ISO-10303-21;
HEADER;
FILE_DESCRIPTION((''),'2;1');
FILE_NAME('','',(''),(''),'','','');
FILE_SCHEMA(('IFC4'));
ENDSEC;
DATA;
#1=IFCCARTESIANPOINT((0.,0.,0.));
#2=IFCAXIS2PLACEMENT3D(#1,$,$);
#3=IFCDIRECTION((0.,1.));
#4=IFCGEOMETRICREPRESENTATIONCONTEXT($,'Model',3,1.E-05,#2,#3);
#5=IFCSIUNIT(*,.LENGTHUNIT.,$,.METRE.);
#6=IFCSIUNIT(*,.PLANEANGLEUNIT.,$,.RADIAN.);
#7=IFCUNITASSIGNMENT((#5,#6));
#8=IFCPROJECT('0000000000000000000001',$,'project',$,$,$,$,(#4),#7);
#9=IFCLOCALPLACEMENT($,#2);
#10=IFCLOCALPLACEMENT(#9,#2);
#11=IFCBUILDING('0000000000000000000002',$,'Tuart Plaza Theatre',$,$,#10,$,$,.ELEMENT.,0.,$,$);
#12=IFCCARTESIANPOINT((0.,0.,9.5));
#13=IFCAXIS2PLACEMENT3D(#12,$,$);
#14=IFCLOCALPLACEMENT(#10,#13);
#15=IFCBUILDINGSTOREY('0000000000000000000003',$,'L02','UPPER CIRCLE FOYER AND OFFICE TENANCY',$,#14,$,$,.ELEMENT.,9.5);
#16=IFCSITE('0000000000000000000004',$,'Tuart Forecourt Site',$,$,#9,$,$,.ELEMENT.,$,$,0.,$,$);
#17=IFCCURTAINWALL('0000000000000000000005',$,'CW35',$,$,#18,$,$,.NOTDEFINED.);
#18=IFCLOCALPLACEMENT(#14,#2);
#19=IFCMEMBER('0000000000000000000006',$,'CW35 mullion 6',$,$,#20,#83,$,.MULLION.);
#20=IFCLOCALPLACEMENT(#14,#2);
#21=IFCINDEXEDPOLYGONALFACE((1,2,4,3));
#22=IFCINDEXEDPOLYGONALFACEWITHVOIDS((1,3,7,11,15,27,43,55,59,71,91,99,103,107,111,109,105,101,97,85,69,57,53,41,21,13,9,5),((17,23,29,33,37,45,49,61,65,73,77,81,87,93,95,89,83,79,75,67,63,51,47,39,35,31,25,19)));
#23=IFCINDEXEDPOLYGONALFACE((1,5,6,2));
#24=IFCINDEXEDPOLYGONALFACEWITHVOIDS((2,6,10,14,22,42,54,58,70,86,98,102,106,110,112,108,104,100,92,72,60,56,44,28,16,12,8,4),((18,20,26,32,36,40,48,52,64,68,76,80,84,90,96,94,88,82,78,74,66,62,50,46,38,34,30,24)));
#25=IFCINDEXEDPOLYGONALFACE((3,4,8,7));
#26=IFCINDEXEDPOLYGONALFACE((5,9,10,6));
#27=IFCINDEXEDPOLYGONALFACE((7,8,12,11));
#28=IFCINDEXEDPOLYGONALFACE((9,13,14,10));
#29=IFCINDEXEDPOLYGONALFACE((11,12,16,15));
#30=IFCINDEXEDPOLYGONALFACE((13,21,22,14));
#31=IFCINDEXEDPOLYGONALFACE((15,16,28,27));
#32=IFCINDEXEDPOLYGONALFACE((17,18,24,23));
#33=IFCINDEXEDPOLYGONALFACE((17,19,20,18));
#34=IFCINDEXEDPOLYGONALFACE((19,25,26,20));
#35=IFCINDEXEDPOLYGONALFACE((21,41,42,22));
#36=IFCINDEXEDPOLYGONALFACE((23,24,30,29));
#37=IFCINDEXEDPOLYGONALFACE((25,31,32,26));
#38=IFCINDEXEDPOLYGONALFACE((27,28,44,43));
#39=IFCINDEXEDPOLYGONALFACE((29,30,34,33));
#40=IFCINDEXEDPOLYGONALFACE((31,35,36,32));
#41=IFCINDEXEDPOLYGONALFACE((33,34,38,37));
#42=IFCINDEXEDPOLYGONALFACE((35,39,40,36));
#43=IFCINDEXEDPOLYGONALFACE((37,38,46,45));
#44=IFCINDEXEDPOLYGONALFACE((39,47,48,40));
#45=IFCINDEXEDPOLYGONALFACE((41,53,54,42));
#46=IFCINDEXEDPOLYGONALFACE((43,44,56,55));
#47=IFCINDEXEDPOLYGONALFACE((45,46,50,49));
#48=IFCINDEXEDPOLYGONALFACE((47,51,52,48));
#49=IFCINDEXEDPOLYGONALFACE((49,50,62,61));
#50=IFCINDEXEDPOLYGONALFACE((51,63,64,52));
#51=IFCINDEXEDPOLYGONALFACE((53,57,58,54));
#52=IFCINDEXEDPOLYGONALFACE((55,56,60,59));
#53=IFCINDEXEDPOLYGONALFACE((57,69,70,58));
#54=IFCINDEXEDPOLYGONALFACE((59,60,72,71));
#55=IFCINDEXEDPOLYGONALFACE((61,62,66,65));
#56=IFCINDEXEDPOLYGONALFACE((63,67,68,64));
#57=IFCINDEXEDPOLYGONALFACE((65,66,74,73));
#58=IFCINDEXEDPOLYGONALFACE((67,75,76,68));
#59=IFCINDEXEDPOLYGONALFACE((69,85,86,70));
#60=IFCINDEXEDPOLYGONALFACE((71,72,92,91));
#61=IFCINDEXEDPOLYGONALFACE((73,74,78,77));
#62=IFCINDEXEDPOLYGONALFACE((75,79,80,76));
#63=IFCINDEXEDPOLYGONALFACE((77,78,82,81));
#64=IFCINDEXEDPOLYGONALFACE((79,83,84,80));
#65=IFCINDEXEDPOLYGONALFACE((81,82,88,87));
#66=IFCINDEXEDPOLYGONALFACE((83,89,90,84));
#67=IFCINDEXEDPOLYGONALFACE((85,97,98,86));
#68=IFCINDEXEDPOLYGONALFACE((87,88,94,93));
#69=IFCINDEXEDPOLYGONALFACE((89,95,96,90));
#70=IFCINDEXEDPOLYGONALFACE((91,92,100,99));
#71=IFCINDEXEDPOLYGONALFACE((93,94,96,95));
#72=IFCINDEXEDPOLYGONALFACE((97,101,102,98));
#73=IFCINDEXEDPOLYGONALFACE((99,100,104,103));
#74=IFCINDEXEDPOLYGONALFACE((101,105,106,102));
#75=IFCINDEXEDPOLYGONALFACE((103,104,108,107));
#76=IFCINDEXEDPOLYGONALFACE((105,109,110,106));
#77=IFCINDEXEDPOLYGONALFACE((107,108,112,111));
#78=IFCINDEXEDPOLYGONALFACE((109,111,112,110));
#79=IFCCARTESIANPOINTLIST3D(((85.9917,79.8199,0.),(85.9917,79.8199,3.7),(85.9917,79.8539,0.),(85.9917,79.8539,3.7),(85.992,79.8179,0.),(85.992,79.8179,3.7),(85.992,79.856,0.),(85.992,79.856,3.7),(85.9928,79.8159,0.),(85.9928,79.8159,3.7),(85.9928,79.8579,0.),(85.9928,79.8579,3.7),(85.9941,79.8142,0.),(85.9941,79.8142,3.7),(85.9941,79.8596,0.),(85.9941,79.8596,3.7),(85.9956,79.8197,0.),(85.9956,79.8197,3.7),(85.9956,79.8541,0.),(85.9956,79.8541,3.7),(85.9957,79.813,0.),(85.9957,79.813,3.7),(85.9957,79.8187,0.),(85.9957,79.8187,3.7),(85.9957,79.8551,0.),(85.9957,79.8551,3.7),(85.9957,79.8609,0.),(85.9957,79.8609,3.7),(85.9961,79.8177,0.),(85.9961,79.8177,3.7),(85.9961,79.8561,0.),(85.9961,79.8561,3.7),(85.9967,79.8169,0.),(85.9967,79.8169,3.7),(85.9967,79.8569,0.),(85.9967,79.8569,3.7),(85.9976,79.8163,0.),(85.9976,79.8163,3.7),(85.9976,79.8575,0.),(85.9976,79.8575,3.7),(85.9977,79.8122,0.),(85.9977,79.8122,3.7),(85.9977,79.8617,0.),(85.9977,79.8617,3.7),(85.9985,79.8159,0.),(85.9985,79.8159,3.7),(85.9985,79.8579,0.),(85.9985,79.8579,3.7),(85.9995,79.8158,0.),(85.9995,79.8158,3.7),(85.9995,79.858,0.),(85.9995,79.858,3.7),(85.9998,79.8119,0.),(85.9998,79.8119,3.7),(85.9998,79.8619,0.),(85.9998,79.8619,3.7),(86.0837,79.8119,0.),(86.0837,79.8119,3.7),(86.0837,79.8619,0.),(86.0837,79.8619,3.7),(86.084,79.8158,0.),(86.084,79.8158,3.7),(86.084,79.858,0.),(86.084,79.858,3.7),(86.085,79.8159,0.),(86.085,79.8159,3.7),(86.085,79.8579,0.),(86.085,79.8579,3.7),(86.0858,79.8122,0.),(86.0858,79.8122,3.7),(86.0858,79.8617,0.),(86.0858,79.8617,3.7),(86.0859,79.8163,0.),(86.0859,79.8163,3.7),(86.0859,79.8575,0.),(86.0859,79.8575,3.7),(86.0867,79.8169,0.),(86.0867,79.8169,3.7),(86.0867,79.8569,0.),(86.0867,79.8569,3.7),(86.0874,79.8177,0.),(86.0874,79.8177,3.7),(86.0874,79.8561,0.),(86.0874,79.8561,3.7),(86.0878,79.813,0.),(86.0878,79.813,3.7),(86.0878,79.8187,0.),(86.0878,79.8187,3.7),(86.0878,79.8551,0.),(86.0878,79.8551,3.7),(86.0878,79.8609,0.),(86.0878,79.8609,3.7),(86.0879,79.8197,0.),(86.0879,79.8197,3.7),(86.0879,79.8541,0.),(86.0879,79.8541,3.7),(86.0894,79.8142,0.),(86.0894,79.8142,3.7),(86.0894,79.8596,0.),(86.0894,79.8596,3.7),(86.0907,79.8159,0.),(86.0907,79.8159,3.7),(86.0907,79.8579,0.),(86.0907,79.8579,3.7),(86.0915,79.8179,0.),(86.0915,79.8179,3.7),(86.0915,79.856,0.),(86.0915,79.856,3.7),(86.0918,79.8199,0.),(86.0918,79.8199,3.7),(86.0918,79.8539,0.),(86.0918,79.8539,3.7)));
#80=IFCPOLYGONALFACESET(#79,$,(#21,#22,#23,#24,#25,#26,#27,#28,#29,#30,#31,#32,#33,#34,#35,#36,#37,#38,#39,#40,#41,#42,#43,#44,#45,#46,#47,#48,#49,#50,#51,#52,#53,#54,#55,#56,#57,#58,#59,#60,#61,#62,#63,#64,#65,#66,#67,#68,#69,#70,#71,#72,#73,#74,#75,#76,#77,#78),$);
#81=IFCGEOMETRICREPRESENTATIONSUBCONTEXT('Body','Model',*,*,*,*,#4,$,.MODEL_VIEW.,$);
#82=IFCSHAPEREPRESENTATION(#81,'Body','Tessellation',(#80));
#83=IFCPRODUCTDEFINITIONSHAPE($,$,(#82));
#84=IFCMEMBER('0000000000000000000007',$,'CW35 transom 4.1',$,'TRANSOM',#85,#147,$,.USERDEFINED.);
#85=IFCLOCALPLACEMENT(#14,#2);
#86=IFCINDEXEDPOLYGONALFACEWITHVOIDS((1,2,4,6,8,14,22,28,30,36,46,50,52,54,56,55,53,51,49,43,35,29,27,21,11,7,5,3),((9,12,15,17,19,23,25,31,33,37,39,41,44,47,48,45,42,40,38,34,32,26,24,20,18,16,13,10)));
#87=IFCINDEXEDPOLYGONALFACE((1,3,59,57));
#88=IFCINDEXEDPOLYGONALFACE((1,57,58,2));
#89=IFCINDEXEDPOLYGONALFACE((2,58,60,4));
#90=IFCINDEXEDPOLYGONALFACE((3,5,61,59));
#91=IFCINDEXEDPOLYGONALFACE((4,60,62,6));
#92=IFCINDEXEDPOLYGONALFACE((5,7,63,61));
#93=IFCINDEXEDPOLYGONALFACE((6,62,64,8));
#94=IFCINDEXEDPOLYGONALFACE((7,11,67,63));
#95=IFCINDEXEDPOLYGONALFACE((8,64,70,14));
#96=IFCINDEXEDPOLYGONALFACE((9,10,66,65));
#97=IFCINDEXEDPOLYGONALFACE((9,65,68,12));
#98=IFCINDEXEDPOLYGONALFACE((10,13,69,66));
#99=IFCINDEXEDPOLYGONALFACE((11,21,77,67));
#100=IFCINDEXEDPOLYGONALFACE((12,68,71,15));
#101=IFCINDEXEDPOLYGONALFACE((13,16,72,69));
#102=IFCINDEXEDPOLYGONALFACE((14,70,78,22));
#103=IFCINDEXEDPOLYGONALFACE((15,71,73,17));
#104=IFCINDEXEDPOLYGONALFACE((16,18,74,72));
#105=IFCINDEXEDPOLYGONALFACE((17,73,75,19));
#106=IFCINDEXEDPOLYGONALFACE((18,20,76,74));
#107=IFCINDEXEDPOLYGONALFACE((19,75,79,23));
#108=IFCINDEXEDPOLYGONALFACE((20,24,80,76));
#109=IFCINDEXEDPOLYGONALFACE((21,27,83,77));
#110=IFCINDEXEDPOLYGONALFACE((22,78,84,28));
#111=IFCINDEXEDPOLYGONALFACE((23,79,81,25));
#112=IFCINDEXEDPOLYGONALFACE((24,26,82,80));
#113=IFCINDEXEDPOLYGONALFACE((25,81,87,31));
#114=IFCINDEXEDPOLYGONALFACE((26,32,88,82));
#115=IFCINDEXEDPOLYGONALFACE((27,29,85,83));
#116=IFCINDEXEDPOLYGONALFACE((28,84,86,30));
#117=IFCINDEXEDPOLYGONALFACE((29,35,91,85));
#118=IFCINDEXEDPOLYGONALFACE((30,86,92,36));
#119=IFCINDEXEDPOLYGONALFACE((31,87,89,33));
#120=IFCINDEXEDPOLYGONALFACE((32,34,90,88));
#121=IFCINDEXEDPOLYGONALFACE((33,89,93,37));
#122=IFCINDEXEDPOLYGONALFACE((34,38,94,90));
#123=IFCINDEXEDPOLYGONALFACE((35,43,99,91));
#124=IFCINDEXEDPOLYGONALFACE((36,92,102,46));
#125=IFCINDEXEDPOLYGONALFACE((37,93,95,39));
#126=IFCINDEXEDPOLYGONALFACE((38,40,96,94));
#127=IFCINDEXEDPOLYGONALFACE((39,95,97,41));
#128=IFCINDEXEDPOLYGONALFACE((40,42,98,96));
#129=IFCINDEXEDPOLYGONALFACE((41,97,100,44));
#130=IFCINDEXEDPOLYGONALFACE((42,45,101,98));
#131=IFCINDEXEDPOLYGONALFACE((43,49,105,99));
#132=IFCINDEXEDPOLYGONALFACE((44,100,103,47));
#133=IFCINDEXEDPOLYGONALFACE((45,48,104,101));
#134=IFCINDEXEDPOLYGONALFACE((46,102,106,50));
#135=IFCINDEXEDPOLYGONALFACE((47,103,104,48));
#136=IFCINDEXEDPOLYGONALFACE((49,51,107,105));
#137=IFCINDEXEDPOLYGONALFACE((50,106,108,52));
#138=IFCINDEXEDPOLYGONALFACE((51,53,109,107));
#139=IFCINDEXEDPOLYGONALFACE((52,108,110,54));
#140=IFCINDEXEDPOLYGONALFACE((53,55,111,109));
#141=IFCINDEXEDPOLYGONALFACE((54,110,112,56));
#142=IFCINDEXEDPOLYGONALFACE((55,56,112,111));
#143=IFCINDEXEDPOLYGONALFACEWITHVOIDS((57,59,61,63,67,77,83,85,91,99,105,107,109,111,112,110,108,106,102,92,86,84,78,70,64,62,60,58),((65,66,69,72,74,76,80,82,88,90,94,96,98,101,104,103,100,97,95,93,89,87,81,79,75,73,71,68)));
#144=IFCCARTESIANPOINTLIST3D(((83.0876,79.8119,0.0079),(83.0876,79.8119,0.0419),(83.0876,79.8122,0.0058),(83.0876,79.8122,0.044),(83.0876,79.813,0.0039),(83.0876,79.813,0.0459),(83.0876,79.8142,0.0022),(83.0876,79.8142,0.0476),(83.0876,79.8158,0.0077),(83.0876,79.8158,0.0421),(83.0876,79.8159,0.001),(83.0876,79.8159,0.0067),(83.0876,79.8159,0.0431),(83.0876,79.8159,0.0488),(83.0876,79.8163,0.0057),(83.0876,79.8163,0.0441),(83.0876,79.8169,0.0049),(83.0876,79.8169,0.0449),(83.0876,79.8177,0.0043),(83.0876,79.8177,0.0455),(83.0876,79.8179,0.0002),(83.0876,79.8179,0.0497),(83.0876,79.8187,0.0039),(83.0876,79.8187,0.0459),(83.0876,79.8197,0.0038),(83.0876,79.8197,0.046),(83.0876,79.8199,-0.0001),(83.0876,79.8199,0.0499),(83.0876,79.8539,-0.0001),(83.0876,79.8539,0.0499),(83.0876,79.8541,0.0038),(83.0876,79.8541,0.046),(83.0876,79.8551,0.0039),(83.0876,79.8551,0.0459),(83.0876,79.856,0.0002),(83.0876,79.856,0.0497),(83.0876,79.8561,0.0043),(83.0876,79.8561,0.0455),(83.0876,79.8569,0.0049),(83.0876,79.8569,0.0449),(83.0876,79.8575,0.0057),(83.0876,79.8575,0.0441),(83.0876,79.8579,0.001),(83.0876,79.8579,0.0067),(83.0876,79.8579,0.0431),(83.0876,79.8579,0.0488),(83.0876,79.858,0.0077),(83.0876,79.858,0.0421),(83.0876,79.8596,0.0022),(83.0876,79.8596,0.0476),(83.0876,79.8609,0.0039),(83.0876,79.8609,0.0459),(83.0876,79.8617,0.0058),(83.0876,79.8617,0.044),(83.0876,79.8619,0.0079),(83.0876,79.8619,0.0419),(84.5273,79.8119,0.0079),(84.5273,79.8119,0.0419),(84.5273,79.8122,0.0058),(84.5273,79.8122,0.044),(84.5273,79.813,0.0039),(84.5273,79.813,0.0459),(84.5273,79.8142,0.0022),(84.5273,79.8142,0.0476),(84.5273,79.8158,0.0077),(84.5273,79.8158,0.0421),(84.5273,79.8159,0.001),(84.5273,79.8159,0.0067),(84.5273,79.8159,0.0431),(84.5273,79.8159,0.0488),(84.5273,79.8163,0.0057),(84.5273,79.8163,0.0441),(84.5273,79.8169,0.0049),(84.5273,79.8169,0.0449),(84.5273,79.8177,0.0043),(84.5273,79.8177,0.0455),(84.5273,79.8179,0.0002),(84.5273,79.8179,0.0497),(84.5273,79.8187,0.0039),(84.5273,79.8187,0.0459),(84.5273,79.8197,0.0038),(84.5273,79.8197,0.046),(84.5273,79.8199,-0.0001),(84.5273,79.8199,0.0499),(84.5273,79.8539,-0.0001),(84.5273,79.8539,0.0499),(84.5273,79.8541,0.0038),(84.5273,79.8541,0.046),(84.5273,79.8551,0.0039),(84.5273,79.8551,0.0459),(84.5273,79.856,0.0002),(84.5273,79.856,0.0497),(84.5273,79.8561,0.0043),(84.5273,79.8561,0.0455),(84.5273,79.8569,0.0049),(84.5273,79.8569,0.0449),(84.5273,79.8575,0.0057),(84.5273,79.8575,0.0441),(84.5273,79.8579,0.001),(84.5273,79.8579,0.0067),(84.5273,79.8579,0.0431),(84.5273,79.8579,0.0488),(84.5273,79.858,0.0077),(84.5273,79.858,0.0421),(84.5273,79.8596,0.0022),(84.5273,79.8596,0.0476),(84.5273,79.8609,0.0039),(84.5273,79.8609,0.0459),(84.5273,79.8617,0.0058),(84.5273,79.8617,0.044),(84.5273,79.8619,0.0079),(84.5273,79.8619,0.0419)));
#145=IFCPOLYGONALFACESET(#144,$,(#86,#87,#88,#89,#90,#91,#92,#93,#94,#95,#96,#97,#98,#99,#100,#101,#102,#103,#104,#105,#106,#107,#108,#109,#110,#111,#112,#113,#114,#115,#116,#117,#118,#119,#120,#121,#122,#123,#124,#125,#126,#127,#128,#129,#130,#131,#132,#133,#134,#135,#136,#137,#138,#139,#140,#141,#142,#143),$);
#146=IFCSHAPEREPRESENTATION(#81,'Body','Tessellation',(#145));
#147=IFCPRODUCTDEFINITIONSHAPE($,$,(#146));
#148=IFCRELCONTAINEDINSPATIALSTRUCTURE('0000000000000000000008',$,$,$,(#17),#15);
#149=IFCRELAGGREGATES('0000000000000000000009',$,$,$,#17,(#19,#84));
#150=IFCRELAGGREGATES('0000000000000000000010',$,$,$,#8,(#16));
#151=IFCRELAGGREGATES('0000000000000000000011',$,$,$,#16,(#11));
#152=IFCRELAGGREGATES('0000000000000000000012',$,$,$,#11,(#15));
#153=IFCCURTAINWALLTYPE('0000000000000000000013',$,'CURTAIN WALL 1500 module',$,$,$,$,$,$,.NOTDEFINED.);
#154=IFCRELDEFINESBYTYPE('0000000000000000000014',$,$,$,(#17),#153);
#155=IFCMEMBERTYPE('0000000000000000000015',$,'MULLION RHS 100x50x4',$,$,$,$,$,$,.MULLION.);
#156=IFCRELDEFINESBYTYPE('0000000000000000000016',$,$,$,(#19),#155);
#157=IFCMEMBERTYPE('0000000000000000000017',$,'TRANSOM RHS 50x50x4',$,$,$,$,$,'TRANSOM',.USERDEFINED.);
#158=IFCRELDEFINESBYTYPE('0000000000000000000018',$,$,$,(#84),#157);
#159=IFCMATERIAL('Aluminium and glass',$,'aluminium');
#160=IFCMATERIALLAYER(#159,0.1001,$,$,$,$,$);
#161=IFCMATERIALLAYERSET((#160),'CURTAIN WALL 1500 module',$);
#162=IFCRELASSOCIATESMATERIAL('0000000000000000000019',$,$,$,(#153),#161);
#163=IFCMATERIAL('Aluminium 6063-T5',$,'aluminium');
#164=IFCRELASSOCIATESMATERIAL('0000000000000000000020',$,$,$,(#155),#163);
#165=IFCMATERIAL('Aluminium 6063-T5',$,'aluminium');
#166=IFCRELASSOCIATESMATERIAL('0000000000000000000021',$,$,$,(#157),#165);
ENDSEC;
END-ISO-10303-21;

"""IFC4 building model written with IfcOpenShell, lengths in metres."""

from ifc_helpers import new_model, si_unit, direction, frame, origin, origin_2d, place, context, subcontext, project, spatial, hollow_rectangle, extrude, material, layer, layer_set, material_profile, profile_set, type_object, element, aggregate, save


model = new_model("IFC4")

# Units and contexts
model_context = context("Model", 3, precision=1e-05, world=origin(), true_north=direction((0.0, 1.0)))
body_context = subcontext(model_context, "Body", "Model", "MODEL_VIEW")
ifc_project = project(units=[si_unit("LENGTHUNIT", "METRE"), si_unit("PLANEANGLEUNIT", "RADIAN")], contexts=[model_context])

# Site, building, storey
site_placement = place(None, origin())
site = spatial("IfcSite", under=ifc_project, at=site_placement, Name="Tuart Forecourt Site", CompositionType="ELEMENT", RefElevation=0.0)
building_placement = place(site_placement, origin())
building = spatial("IfcBuilding", under=site, at=building_placement, Name="Tuart Plaza Theatre", CompositionType="ELEMENT", ElevationOfRefHeight=0.0)
storey_placement = place(building_placement, frame((0.0, 0.0, 9.5)))
storey = spatial("IfcBuildingStorey", under=building, at=storey_placement, Name="L02", Description="UPPER CIRCLE FOYER AND OFFICE TENANCY", CompositionType="ELEMENT", Elevation=9.5)

# Curtain wall, members
ifc_material_1 = material(Name="Aluminium and glass", Category="aluminium")
ifc_layer_1 = layer(ifc_material_1, 0.1001)
ifc_layer_set_1 = layer_set([ifc_layer_1], Name="CURTAIN WALL 1500 module")
curtain_wall_type = type_object("IfcCurtainWallType", Name="CURTAIN WALL 1500 module", PredefinedType="NOTDEFINED", material=ifc_layer_set_1)
curtain_wall_placement = place(storey_placement, origin())
curtain_wall = element("IfcCurtainWall", 1, at=curtain_wall_placement, inside=storey, type_object=curtain_wall_type, Name="CW35", PredefinedType="NOTDEFINED")
ifc_material_2 = material(Name="Aluminium 6063-T5", Category="aluminium")
ifc_material_profile_1 = material_profile(ifc_material_2, hollow_rectangle(XDim=0.05, YDim=0.1001, WallThickness=0.0039, InnerFilletRadius=0.0039, OuterFilletRadius=0.0081, at=origin_2d()), Name="RHS 100x50x4")
ifc_profile_set_1 = profile_set([ifc_material_profile_1], Name="Aluminium 6063-T5")
member_type_1 = type_object("IfcMemberType", Name="MULLION RHS 100x50x4", PredefinedType="MULLION", material=ifc_profile_set_1)
member_1_placement = place(storey_placement, frame((86.0417, 79.8369, 0.0), z_axis=(0.0, 0.0, 1.0), x_axis=(0.0, 1.0, 0.0)))
member_1 = element("IfcMember", 2, at=member_1_placement, type_object=member_type_1, Name="CW35 mullion 6", PredefinedType="MULLION", context=body_context, shape_type="SweptSolid", body=[
    extrude(hollow_rectangle(XDim=0.05, YDim=0.1001, WallThickness=0.0039, InnerFilletRadius=0.0039, OuterFilletRadius=0.0081, at=origin_2d()), origin(), (0.0, 0.0, 1.0), 3.7),
])
ifc_material_3 = material(Name="Aluminium 6063-T5", Category="aluminium")
ifc_material_profile_2 = material_profile(ifc_material_3, hollow_rectangle(XDim=0.05, YDim=0.05, WallThickness=0.0039, InnerFilletRadius=0.0039, OuterFilletRadius=0.0081, at=origin_2d()), Name="RHS 50x50x4")
ifc_profile_set_2 = profile_set([ifc_material_profile_2], Name="Aluminium 6063-T5")
member_type_2 = type_object("IfcMemberType", Name="TRANSOM RHS 50x50x4", ElementType="TRANSOM", PredefinedType="USERDEFINED", material=ifc_profile_set_2)
member_2_placement = place(storey_placement, frame((83.0876, 79.8369, 0.0249), z_axis=(1.0, 0.0, 0.0), x_axis=(0.0, 1.0, 0.0)))
member_2 = element("IfcMember", 3, at=member_2_placement, type_object=member_type_2, Name="CW35 transom 4.1", ObjectType="TRANSOM", PredefinedType="USERDEFINED", context=body_context, shape_type="SweptSolid", body=[
    extrude(hollow_rectangle(XDim=0.05, YDim=0.05, WallThickness=0.0039, InnerFilletRadius=0.0039, OuterFilletRadius=0.0081, at=origin_2d()), origin(), (0.0, 0.0, 1.0), 1.4397),
])
aggregate(curtain_wall, [member_1, member_2])

save(model, "model.ifc")
